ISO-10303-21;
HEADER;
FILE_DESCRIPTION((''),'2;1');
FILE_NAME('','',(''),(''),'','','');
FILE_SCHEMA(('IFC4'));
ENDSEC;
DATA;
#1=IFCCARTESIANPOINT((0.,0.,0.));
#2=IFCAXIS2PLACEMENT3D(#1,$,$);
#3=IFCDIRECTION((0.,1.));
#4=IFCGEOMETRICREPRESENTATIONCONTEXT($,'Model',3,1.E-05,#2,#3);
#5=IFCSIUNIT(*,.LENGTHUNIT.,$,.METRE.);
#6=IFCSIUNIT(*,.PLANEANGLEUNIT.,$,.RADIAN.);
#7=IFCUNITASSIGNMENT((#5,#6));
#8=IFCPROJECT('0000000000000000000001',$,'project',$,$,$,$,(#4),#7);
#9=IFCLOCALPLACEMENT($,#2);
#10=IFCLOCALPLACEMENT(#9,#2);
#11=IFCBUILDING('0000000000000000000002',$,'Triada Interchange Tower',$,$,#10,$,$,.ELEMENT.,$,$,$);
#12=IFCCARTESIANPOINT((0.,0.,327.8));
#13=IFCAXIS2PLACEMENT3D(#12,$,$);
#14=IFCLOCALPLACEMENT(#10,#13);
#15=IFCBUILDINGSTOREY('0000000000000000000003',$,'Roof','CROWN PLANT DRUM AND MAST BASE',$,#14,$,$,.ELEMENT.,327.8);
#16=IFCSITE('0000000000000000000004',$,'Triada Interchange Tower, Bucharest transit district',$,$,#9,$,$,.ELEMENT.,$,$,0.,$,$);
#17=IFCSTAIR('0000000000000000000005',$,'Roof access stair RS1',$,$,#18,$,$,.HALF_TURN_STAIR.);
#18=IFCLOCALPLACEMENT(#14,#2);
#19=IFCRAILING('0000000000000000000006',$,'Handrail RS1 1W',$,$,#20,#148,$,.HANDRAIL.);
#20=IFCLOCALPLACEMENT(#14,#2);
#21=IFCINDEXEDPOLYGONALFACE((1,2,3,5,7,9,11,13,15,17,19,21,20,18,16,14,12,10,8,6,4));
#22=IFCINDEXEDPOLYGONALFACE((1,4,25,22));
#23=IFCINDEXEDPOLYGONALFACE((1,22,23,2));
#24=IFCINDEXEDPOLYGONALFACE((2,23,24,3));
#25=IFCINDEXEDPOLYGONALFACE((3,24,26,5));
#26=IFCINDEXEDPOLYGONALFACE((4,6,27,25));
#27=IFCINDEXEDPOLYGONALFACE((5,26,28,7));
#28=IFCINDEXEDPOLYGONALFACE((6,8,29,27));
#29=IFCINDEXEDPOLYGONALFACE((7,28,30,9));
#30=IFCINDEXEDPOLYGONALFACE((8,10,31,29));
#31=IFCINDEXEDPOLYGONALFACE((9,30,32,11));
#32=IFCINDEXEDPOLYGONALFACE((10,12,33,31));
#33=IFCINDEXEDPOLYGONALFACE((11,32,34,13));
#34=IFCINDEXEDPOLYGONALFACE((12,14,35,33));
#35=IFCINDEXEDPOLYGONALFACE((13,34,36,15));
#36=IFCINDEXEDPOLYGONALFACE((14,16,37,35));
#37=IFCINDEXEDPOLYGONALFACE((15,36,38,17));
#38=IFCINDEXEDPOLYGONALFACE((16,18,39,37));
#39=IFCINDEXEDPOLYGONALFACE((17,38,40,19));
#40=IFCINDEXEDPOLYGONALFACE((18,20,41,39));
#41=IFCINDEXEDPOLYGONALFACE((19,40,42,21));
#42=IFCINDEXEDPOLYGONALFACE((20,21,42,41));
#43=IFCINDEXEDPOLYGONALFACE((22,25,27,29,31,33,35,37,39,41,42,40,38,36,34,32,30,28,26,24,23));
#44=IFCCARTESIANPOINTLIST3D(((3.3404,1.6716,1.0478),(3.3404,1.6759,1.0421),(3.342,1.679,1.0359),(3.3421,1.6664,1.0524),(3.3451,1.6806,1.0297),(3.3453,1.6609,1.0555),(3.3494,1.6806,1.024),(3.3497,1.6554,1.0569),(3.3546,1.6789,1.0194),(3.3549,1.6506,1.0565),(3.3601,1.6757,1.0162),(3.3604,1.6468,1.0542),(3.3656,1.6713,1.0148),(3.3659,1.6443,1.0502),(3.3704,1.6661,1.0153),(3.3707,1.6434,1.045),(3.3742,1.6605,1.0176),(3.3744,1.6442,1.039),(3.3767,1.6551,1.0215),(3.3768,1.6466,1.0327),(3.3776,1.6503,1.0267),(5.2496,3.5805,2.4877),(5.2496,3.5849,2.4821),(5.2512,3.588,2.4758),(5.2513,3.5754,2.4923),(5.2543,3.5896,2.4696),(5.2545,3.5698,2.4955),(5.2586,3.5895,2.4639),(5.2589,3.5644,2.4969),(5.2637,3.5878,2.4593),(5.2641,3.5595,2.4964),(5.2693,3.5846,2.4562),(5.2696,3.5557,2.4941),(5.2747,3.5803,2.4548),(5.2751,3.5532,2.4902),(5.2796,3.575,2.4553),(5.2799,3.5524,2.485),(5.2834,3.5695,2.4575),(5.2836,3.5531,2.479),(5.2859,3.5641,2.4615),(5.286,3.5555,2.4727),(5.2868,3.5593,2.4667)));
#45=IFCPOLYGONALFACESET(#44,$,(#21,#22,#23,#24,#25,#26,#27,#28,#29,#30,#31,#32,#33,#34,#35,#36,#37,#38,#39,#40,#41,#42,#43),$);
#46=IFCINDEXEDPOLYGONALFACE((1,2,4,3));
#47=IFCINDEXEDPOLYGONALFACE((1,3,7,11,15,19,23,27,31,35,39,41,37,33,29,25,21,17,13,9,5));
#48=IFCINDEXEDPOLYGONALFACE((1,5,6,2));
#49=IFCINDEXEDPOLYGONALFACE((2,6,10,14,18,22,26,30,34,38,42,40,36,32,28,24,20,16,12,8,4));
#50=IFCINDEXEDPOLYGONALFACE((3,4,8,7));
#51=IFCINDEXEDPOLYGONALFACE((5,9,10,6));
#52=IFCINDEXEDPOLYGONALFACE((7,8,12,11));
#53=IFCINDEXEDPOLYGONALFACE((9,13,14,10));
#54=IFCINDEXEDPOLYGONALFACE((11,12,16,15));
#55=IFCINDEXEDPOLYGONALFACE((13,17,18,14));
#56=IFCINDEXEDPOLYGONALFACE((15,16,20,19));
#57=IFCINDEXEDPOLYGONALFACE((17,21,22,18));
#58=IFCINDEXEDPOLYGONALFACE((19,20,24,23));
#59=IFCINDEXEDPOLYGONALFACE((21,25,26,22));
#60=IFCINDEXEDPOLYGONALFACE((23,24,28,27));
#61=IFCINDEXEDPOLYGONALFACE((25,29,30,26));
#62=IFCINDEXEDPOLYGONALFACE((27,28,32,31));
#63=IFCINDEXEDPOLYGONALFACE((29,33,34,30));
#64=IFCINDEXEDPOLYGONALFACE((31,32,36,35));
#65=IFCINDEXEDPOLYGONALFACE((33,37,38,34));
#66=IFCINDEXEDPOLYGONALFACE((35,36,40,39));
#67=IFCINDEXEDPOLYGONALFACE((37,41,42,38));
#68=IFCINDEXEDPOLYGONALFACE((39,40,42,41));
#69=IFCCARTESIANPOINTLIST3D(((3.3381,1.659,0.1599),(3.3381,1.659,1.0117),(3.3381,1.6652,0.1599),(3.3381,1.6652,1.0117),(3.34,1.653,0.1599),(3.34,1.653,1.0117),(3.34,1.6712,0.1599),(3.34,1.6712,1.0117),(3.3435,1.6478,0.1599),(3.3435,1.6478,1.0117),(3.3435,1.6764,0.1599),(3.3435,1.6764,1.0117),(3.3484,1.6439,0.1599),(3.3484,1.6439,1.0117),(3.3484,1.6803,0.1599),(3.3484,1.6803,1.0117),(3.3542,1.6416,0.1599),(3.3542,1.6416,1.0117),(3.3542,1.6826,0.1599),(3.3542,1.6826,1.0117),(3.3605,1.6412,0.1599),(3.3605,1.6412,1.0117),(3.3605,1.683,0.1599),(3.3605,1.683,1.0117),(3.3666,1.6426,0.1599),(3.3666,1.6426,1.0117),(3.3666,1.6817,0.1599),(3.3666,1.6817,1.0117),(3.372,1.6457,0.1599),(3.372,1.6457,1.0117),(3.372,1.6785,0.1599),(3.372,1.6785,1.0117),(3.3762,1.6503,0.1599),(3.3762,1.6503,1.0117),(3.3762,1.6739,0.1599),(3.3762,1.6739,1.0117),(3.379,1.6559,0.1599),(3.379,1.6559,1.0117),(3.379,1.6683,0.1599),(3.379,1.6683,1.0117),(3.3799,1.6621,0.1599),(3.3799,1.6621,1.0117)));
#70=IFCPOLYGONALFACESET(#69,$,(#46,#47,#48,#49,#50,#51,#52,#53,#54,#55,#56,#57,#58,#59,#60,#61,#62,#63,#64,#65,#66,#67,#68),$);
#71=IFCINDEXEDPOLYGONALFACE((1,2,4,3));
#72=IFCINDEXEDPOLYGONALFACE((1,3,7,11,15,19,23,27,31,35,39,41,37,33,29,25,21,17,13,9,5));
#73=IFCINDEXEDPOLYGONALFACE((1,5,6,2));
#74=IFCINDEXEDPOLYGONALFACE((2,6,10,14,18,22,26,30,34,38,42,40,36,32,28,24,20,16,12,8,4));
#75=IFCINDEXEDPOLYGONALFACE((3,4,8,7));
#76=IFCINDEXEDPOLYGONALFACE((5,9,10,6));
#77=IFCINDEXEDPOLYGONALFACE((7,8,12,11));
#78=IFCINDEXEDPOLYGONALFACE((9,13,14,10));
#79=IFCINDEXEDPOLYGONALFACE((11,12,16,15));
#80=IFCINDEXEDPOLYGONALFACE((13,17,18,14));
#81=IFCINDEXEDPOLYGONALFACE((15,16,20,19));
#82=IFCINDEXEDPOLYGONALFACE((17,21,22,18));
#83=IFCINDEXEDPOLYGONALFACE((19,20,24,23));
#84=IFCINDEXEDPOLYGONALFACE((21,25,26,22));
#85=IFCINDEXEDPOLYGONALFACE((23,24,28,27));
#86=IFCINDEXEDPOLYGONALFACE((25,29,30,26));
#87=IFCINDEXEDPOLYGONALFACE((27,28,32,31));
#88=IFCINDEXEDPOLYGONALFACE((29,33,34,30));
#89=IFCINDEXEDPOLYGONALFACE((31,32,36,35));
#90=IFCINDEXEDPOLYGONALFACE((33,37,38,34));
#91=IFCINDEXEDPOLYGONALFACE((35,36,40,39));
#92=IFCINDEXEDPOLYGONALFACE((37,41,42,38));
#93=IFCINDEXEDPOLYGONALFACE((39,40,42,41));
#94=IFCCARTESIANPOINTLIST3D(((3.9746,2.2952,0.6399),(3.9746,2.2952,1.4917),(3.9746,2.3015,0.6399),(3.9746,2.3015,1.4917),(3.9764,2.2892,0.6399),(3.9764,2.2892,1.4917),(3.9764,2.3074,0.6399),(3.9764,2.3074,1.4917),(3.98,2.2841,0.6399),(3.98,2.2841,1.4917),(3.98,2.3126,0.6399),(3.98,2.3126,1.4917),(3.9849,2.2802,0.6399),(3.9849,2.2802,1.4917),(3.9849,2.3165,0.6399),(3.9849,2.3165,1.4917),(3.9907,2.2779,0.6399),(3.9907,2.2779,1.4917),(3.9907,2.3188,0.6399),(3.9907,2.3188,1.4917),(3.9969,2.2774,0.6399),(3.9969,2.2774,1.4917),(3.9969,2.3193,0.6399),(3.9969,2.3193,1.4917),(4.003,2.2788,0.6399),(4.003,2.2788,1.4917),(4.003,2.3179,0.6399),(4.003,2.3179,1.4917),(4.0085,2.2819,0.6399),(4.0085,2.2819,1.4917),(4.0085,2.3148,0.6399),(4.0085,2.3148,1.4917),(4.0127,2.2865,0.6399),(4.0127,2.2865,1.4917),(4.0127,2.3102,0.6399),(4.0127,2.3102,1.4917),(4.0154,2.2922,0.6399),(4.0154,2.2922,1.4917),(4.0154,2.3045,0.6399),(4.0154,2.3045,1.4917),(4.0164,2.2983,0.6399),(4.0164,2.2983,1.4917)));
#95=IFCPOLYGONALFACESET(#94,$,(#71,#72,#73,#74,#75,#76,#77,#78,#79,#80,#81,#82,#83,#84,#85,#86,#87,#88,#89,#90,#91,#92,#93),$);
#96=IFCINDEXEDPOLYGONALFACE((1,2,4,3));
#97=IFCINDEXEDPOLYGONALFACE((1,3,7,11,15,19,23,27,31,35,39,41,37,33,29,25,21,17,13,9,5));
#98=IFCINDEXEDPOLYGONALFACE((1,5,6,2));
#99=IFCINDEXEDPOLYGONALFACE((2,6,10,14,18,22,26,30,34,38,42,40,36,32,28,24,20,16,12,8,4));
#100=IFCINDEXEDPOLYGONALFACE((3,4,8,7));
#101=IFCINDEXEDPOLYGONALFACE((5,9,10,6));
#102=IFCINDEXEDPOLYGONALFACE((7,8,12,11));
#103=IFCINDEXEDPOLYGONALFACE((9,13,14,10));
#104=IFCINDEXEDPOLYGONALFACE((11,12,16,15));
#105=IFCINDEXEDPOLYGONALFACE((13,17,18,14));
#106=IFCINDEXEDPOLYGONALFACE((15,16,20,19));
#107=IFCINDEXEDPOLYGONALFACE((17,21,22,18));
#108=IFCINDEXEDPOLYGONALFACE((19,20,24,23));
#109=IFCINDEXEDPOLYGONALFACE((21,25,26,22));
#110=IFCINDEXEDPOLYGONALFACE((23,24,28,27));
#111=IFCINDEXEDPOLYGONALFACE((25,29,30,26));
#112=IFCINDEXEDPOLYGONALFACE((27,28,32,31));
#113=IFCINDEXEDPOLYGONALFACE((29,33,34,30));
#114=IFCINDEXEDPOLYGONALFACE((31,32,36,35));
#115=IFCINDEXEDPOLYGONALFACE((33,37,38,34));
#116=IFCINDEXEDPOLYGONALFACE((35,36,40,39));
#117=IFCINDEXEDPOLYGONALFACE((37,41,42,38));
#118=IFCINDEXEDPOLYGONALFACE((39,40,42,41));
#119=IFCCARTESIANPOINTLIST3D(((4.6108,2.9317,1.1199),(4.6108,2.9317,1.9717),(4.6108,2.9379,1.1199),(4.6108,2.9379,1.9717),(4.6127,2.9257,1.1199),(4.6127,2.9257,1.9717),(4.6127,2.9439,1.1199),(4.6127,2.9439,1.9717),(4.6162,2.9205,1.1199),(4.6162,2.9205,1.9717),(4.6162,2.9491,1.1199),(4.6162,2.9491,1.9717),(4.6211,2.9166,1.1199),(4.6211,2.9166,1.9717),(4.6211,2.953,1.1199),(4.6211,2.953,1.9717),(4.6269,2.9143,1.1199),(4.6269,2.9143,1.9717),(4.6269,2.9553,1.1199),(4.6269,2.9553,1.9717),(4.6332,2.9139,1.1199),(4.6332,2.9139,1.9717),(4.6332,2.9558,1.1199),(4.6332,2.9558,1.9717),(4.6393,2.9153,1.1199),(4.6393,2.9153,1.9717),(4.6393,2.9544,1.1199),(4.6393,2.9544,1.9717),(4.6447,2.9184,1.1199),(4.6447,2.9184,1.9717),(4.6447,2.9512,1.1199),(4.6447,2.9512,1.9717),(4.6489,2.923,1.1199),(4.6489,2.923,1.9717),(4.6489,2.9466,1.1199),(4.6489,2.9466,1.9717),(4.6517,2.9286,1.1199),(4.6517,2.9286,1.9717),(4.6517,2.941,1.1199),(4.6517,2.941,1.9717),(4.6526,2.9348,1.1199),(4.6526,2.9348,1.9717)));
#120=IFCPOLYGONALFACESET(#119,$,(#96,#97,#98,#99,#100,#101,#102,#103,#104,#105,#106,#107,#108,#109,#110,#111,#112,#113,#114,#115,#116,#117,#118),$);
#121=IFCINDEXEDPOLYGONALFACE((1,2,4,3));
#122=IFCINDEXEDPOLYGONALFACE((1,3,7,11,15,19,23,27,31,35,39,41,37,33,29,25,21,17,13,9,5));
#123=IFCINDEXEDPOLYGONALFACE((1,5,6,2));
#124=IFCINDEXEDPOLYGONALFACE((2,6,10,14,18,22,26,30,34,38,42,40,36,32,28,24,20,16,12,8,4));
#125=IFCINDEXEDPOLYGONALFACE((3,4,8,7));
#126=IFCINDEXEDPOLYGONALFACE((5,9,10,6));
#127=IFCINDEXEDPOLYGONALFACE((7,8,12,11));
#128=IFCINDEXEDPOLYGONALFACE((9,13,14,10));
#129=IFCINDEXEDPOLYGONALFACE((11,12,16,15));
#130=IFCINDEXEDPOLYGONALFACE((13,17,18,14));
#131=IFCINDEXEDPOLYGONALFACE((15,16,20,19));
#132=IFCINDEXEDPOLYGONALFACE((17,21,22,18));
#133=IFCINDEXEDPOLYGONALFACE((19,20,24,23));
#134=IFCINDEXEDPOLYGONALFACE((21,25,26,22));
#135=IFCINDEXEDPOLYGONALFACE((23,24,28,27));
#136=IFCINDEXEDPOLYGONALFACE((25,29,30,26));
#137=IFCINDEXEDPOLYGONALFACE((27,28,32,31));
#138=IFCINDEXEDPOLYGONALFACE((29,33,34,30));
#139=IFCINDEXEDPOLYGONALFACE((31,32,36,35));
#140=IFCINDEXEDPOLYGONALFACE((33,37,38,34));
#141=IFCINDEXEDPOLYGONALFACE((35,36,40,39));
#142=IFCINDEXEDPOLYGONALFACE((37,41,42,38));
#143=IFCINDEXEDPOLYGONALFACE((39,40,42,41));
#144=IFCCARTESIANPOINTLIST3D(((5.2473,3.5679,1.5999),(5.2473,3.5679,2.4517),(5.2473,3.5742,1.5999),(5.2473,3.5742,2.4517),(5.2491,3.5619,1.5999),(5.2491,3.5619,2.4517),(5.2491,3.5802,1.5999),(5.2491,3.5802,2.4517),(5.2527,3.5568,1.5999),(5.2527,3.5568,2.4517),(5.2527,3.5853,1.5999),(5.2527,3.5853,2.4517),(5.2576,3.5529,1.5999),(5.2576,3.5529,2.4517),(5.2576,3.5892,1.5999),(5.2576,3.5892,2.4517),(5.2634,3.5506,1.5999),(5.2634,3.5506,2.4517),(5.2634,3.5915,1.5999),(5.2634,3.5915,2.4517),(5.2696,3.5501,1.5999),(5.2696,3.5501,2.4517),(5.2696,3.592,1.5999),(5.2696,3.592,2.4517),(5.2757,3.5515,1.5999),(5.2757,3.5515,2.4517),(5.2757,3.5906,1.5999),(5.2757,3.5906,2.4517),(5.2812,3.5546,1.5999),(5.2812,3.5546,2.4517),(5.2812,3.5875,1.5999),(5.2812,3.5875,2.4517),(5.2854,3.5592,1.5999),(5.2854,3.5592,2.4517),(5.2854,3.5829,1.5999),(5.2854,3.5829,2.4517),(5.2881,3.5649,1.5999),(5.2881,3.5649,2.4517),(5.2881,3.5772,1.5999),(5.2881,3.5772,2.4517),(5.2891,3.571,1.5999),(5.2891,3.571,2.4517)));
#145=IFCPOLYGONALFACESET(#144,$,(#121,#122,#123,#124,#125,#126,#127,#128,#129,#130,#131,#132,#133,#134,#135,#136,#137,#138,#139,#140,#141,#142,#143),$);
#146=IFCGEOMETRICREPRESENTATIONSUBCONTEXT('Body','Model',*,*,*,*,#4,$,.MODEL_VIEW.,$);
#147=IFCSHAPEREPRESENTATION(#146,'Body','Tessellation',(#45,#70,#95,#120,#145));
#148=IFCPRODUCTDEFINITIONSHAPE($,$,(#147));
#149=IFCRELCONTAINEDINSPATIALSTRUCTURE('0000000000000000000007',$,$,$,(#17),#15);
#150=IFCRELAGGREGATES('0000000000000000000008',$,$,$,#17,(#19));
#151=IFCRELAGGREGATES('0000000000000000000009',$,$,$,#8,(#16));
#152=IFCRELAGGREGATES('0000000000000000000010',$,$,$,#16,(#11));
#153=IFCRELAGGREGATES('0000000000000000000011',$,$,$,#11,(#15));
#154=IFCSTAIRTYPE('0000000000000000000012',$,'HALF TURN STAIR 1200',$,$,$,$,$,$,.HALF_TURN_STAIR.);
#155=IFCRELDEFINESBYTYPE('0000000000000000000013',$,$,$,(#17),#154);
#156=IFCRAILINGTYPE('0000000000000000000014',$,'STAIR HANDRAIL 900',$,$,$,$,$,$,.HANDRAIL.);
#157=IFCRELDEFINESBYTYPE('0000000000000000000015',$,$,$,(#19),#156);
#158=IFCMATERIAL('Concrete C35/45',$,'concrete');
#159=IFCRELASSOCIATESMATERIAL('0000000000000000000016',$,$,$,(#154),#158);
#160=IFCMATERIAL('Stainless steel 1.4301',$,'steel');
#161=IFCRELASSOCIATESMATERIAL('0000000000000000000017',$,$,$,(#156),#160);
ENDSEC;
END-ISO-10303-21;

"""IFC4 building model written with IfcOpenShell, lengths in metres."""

from ifc_helpers import new_model, si_unit, direction, frame, origin, origin_2d, place, context, subcontext, project, spatial, circle, extrude, material, type_object, element, aggregate, save


model = new_model("IFC4")

# Units and contexts
model_context = context("Model", 3, precision=1e-05, world=origin(), true_north=direction((0.0, 1.0)))
body_context = subcontext(model_context, "Body", "Model", "MODEL_VIEW")
ifc_project = project(units=[si_unit("LENGTHUNIT", "METRE"), si_unit("PLANEANGLEUNIT", "RADIAN")], contexts=[model_context])

# Site, building, storey
site_placement = place(None, origin())
site = spatial("IfcSite", under=ifc_project, at=site_placement, Name="Triada Interchange Tower, Bucharest transit district", CompositionType="ELEMENT", RefElevation=0.0)
building_placement = place(site_placement, origin())
building = spatial("IfcBuilding", under=site, at=building_placement, Name="Triada Interchange Tower", CompositionType="ELEMENT")
storey_placement = place(building_placement, frame((0.0, 0.0, 327.8)))
storey = spatial("IfcBuildingStorey", under=building, at=storey_placement, Name="Roof", Description="CROWN PLANT DRUM AND MAST BASE", CompositionType="ELEMENT", Elevation=327.8)

# Stair
ifc_material_1 = material(Name="Concrete C35/45", Category="concrete")
stair_type = type_object("IfcStairType", Name="HALF TURN STAIR 1200", PredefinedType="HALF_TURN_STAIR", material=ifc_material_1)
stair_placement = place(storey_placement, origin())
stair = element("IfcStair", 1, at=stair_placement, inside=storey, type_object=stair_type, Name="Roof access stair RS1", PredefinedType="HALF_TURN_STAIR")

# Railing
ifc_material_2 = material(Name="Stainless steel 1.4301", Category="steel")
railing_type = type_object("IfcRailingType", Name="STAIR HANDRAIL 900", PredefinedType="HANDRAIL", material=ifc_material_2)
railing_1_placement = place(storey_placement, frame((3.3589, 1.6621, 0.1599)))
railing_1 = element("IfcRailing", 2, at=railing_1_placement, type_object=railing_type, Name="Handrail RS1 1W", PredefinedType="HANDRAIL", context=body_context, shape_type="SweptSolid", body=[
    extrude(circle(Radius=0.0239, at=origin_2d()), frame((0.0, 0.0, 0.876), z_axis=(0.623954, 0.623874, 0.470598), x_axis=(-0.707062, 0.707152, 0.0)), (0.0, 0.0, 1.0), 3.0598),
    extrude(circle(Radius=0.021, at=origin_2d()), origin(), (0.0, 0.0, 1.0), 0.8518),
    extrude(circle(Radius=0.021, at=origin_2d()), frame((0.6365, 0.6362, 0.48)), (0.0, 0.0, 1.0), 0.8518),
    extrude(circle(Radius=0.021, at=origin_2d()), frame((1.2727, 1.2727, 0.96)), (0.0, 0.0, 1.0), 0.8518),
    extrude(circle(Radius=0.021, at=origin_2d()), frame((1.9092, 1.9089, 1.4399)), (0.0, 0.0, 1.0), 0.8518),
])
aggregate(stair, [railing_1])

save(model, "model.ifc")
